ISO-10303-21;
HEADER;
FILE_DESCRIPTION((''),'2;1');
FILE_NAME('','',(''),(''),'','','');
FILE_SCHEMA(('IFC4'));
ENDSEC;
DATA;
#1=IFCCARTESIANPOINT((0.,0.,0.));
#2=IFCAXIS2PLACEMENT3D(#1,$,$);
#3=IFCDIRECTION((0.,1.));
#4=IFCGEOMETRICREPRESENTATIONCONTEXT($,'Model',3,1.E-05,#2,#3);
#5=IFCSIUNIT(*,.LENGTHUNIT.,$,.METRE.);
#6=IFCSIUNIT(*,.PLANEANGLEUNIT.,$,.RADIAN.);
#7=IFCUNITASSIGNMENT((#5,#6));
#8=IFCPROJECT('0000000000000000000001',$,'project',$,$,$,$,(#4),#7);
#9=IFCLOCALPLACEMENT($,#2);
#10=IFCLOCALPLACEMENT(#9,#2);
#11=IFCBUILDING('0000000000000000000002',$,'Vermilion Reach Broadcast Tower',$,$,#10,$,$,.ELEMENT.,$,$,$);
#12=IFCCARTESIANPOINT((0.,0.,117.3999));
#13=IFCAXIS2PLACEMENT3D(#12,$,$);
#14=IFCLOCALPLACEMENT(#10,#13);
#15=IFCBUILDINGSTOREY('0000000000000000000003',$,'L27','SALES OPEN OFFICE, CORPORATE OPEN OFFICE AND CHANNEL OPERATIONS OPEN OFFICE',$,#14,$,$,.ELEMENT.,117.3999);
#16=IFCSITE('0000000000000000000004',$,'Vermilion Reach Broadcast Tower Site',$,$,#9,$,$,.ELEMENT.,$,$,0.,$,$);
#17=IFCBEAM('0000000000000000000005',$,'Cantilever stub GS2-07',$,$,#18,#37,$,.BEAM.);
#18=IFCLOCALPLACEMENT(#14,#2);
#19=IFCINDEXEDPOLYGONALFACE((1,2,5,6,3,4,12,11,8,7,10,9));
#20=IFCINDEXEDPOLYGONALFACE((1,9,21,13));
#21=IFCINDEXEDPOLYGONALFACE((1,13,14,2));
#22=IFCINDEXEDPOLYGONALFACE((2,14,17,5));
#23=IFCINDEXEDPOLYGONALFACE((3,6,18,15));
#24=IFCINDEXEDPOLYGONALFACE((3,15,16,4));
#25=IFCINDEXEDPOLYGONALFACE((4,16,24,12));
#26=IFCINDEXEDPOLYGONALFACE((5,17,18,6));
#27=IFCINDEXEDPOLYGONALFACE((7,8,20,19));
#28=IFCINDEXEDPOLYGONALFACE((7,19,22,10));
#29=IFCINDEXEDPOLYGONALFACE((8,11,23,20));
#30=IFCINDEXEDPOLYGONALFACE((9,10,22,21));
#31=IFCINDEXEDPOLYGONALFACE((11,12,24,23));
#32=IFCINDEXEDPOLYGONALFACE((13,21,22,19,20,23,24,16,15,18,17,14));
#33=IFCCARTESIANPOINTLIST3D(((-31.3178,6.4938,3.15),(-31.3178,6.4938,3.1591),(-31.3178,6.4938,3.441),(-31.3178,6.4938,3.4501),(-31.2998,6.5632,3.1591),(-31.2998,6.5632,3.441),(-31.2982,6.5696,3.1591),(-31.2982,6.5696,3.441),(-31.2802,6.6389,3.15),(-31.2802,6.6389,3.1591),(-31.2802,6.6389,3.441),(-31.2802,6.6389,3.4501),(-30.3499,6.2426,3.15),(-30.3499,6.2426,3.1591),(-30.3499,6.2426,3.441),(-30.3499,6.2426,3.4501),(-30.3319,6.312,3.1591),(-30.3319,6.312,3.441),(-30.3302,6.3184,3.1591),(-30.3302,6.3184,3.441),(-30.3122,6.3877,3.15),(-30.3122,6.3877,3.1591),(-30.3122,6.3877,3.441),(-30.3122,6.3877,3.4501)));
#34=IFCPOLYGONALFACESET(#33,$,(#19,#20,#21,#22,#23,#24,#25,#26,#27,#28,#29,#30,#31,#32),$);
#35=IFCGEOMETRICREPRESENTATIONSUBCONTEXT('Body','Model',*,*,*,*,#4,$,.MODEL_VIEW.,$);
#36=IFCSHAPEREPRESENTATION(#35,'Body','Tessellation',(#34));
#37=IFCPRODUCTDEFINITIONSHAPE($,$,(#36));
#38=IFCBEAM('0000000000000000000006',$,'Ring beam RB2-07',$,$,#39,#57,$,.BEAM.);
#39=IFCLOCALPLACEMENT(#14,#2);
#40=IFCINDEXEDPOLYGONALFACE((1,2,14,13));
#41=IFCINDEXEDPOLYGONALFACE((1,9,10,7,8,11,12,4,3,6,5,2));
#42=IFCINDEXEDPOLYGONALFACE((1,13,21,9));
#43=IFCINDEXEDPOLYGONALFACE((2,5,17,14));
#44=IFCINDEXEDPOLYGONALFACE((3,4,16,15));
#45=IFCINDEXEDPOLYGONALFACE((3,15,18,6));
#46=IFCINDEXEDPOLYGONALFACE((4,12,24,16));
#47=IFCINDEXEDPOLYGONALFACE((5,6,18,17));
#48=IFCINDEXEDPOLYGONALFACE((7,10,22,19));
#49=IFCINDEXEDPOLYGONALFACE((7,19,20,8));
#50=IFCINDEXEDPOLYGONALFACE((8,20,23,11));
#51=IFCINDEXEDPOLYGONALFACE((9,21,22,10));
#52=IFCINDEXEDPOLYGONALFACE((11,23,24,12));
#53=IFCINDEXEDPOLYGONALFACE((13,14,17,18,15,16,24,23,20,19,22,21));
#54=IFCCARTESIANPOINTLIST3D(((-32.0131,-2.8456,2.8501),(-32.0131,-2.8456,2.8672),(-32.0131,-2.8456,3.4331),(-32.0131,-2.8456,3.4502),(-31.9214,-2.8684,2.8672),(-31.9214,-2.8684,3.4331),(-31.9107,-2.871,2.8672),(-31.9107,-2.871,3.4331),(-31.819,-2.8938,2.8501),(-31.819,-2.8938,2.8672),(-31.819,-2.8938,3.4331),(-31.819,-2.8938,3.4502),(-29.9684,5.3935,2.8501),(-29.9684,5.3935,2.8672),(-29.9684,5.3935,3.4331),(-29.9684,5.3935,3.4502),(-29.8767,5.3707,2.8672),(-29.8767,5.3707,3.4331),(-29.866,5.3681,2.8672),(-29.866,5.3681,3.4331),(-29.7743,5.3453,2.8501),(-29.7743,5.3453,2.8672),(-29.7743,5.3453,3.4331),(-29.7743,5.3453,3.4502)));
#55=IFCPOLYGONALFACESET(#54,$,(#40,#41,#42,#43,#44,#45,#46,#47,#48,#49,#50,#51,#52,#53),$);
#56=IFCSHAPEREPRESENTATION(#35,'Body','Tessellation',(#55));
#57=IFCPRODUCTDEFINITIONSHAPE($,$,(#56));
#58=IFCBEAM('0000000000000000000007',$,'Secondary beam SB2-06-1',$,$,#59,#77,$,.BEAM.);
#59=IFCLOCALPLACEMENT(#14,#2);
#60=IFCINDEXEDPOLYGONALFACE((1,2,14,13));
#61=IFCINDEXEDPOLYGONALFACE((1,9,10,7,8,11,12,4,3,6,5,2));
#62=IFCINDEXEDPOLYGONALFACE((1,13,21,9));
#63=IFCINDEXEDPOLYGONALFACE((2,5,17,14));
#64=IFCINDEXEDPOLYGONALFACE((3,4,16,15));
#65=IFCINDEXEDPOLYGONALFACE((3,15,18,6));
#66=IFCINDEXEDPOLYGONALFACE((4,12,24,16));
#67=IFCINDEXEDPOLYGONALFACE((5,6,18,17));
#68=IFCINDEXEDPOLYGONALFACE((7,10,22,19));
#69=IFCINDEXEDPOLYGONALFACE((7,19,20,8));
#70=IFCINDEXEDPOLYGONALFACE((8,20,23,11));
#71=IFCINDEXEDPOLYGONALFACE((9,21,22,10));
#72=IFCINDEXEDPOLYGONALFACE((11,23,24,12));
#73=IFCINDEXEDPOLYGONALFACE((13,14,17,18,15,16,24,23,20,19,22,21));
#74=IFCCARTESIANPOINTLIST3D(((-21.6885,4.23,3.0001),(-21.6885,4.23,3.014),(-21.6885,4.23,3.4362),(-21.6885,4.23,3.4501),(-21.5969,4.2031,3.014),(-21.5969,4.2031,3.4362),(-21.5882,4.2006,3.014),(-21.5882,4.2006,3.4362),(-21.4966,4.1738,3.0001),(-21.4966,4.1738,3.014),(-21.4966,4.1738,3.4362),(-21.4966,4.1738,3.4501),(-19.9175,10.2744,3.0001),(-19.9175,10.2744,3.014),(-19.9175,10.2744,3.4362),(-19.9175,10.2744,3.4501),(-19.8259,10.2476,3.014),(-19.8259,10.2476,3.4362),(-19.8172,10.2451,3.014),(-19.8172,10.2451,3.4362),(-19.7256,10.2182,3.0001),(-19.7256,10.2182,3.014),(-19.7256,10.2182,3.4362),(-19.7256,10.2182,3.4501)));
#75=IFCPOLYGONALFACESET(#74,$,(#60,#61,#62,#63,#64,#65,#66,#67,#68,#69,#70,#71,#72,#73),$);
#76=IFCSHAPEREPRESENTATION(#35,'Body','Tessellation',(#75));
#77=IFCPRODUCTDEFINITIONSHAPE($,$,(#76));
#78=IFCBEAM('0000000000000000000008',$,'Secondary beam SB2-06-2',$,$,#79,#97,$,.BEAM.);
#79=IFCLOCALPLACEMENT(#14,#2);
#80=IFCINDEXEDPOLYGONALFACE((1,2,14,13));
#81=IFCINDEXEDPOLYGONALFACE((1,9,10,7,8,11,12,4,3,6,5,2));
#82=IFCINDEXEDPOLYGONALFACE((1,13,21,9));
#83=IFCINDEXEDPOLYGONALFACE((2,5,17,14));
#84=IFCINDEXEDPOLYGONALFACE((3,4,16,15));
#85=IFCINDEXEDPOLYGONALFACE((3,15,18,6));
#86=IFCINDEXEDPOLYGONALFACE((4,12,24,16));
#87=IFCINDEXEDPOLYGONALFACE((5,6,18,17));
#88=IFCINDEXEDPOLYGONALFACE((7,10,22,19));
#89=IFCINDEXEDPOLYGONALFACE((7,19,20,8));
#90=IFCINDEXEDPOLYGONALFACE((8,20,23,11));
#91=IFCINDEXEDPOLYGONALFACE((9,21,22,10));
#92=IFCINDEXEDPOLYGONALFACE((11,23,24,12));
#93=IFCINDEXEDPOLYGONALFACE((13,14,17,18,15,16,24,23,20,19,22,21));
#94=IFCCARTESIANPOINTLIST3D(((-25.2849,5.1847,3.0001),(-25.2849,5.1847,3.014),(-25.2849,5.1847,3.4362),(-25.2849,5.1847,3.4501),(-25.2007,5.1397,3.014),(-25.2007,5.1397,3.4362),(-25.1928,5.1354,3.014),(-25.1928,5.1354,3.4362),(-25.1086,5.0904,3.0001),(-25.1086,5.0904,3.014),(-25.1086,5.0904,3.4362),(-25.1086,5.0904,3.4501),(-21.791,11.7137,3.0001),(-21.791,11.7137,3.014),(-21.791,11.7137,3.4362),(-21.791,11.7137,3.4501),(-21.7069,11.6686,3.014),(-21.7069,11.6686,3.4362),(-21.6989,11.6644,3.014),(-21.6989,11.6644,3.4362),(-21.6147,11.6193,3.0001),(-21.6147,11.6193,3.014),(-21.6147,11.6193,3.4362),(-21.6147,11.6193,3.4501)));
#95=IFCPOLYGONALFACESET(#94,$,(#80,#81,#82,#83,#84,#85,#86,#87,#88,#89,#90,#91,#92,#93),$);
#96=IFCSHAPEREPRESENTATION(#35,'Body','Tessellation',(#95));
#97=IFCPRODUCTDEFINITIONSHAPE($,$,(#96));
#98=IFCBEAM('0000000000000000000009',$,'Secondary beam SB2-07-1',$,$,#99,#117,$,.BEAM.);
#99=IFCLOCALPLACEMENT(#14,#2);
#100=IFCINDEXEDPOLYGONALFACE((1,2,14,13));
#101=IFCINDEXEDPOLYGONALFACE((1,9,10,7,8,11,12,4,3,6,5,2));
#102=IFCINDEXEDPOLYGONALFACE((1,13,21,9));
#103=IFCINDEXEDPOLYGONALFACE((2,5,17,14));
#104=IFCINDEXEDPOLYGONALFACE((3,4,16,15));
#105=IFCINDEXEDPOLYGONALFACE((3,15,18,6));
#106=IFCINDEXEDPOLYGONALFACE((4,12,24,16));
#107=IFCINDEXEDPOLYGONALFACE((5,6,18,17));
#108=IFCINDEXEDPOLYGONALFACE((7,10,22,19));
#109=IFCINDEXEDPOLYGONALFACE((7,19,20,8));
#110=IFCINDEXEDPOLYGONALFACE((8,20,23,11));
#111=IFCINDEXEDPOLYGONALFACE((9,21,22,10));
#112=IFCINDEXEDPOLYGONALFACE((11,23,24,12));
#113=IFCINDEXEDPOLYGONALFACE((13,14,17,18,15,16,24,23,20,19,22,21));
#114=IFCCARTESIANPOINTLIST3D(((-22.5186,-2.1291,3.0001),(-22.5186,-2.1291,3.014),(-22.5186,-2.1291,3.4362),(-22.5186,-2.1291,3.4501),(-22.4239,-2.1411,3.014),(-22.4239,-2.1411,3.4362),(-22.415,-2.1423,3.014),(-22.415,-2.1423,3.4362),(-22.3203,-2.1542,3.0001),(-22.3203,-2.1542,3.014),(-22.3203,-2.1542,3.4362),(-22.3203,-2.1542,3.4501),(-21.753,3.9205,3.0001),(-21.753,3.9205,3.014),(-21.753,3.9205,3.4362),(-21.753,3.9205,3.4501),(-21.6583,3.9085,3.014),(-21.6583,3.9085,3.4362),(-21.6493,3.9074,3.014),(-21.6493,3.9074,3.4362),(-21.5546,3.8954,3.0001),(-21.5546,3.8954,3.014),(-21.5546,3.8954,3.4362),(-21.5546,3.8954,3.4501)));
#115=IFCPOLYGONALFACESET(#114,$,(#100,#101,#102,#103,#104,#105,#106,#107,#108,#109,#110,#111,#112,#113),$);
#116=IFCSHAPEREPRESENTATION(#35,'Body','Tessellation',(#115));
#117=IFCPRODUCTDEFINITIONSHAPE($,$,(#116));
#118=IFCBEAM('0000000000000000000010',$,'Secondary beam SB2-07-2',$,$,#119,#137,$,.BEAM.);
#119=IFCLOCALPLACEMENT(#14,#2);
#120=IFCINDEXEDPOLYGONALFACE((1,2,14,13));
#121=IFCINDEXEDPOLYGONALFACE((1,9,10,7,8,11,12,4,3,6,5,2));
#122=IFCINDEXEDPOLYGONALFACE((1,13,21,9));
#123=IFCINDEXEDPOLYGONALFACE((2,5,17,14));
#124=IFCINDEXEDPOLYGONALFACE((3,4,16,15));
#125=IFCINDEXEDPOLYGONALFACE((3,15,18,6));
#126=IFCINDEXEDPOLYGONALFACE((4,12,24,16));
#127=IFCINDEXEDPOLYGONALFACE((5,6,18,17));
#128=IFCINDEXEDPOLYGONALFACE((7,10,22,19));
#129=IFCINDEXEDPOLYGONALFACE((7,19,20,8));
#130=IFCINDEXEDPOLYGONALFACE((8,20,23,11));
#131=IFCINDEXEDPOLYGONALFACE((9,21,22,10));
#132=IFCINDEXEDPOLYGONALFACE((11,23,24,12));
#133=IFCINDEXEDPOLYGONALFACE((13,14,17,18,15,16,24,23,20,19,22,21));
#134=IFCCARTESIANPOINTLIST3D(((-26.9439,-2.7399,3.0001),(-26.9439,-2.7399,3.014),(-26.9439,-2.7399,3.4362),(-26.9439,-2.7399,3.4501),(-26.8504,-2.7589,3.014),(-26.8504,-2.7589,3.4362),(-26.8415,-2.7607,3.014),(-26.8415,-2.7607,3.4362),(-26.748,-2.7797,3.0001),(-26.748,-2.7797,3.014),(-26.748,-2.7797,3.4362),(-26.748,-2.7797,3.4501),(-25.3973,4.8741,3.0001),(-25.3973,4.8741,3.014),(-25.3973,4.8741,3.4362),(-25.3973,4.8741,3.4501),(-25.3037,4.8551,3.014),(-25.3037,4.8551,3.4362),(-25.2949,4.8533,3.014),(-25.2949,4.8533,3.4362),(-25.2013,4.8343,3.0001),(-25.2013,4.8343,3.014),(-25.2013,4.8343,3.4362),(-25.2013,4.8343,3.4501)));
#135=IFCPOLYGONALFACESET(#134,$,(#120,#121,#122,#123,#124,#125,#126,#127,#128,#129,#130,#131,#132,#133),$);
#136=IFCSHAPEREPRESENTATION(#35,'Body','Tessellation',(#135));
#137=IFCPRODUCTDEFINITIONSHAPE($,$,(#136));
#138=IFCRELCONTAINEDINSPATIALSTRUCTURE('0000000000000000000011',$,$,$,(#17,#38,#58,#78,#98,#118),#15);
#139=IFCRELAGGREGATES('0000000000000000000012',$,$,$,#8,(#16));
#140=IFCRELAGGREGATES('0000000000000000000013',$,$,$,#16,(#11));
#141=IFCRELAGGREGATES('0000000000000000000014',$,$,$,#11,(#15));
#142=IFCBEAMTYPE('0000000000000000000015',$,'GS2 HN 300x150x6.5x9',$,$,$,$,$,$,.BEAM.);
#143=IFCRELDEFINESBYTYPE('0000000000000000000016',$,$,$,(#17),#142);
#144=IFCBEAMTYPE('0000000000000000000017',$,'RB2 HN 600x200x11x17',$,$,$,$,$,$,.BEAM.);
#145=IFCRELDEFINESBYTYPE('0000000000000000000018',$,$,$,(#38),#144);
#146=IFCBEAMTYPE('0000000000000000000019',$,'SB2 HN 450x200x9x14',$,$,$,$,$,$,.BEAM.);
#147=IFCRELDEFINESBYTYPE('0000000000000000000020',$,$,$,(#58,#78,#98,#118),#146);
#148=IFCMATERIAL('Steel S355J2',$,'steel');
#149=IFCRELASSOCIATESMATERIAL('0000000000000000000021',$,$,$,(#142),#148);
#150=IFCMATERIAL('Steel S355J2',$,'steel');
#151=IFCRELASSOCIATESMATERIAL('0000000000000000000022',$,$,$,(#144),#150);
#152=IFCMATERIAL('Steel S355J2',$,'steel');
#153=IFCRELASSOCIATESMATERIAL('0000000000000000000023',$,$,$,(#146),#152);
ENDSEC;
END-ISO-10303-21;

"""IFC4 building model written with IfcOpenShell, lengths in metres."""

from ifc_helpers import new_model, si_unit, direction, frame, origin, origin_2d, place, context, subcontext, project, spatial, i_section, extrude, material, material_profile, profile_set, type_object, element, save


model = new_model("IFC4")

# Units and contexts
model_context = context("Model", 3, precision=1e-05, world=origin(), true_north=direction((0.0, 1.0)))
body_context = subcontext(model_context, "Body", "Model", "MODEL_VIEW")
ifc_project = project(units=[si_unit("LENGTHUNIT", "METRE"), si_unit("PLANEANGLEUNIT", "RADIAN")], contexts=[model_context])

# Site, building, storey
site_placement = place(None, origin())
site = spatial("IfcSite", under=ifc_project, at=site_placement, Name="Vermilion Reach Broadcast Tower Site", CompositionType="ELEMENT", RefElevation=0.0)
building_placement = place(site_placement, origin())
building = spatial("IfcBuilding", under=site, at=building_placement, Name="Vermilion Reach Broadcast Tower", CompositionType="ELEMENT")
storey_placement = place(building_placement, frame((0.0, 0.0, 117.3999)))
storey = spatial("IfcBuildingStorey", under=building, at=storey_placement, Name="L27", Description="SALES OPEN OFFICE, CORPORATE OPEN OFFICE AND CHANNEL OPERATIONS OPEN OFFICE", CompositionType="ELEMENT", Elevation=117.3999)

# Beams
ifc_material_1 = material(Name="Steel S355J2", Category="steel")
ifc_material_profile_1 = material_profile(ifc_material_1, i_section(OverallWidth=0.1499, OverallDepth=0.3, WebThickness=0.0066, FlangeThickness=0.009, at=origin_2d()), Name="S355J2 HN 300x150x6.5x9")
ifc_profile_set_1 = profile_set([ifc_material_profile_1], Name="Steel S355J2")
beam_type_1 = type_object("IfcBeamType", Name="GS2 HN 300x150x6.5x9", PredefinedType="BEAM", material=ifc_profile_set_1)
beam_1_placement = place(storey_placement, frame((-30.3311, 6.3152, 3.3), z_axis=(-0.967935, 0.251199, 0.0), x_axis=(-0.251199, -0.967935, 0.0)))
element("IfcBeam", 1, at=beam_1_placement, inside=storey, type_object=beam_type_1, Name="Cantilever stub GS2-07", PredefinedType="BEAM", context=body_context, shape_type="SweptSolid", body=[
    extrude(i_section(OverallWidth=0.1499, OverallDepth=0.3, WebThickness=0.0066, FlangeThickness=0.009, at=origin_2d()), origin(), (0.0, 0.0, 1.0), 1.0),
])
ifc_material_2 = material(Name="Steel S355J2", Category="steel")
ifc_material_profile_2 = material_profile(ifc_material_2, i_section(OverallWidth=0.2, OverallDepth=0.6001, WebThickness=0.011, FlangeThickness=0.0171, at=origin_2d()), Name="S355J2 HN 600x200x11x17")
ifc_profile_set_2 = profile_set([ifc_material_profile_2], Name="Steel S355J2")
beam_type_2 = type_object("IfcBeamType", Name="RB2 HN 600x200x11x17", PredefinedType="BEAM", material=ifc_profile_set_2)
beam_2_placement = place(storey_placement, frame((-29.8713, 5.3694, 3.1501), z_axis=(-0.240864, -0.970559, 0.0), x_axis=(0.970559, -0.240864, 0.0)))
element("IfcBeam", 2, at=beam_2_placement, inside=storey, type_object=beam_type_2, Name="Ring beam RB2-07", PredefinedType="BEAM", context=body_context, shape_type="SweptSolid", body=[
    extrude(i_section(OverallWidth=0.2, OverallDepth=0.6001, WebThickness=0.011, FlangeThickness=0.0171, at=origin_2d()), origin(), (0.0, 0.0, 1.0), 8.489),
])
ifc_material_3 = material(Name="Steel S355J2", Category="steel")
ifc_material_profile_3 = material_profile(ifc_material_3, i_section(OverallWidth=0.2, OverallDepth=0.45, WebThickness=0.009, FlangeThickness=0.0139, at=origin_2d()), Name="S355J2 HN 450x200x9x14")
ifc_profile_set_3 = profile_set([ifc_material_profile_3], Name="Steel S355J2")
beam_type_3 = type_object("IfcBeamType", Name="SB2 HN 450x200x9x14", PredefinedType="BEAM", material=ifc_profile_set_3)
beam_3_placement = place(storey_placement, frame((-19.8215, 10.2463, 3.2251), z_axis=(-0.281176, -0.959656, 0.0), x_axis=(0.959656, -0.281176, 0.0)))
element("IfcBeam", 3, at=beam_3_placement, inside=storey, type_object=beam_type_3, Name="Secondary beam SB2-06-1", PredefinedType="BEAM", context=body_context, shape_type="SweptSolid", body=[
    extrude(i_section(OverallWidth=0.2, OverallDepth=0.45, WebThickness=0.009, FlangeThickness=0.0139, at=origin_2d()), origin(), (0.0, 0.0, 1.0), 6.2986),
])
beam_4_placement = place(storey_placement, frame((-21.7029, 11.6665, 3.2251), z_axis=(-0.471822, -0.881694, 0.0), x_axis=(0.881694, -0.471822, 0.0)))
element("IfcBeam", 4, at=beam_4_placement, inside=storey, type_object=beam_type_3, Name="Secondary beam SB2-06-2", PredefinedType="BEAM", context=body_context, shape_type="SweptSolid", body=[
    extrude(i_section(OverallWidth=0.2, OverallDepth=0.45, WebThickness=0.009, FlangeThickness=0.0139, at=origin_2d()), origin(), (0.0, 0.0, 1.0), 7.405),
])
beam_5_placement = place(storey_placement, frame((-21.6538, 3.908, 3.2251), z_axis=(-0.125557, -0.992086, 0.0), x_axis=(0.992086, -0.125557, 0.0)))
element("IfcBeam", 5, at=beam_5_placement, inside=storey, type_object=beam_type_3, Name="Secondary beam SB2-07-1", PredefinedType="BEAM", context=body_context, shape_type="SweptSolid", body=[
    extrude(i_section(OverallWidth=0.2, OverallDepth=0.45, WebThickness=0.009, FlangeThickness=0.0139, at=origin_2d()), origin(), (0.0, 0.0, 1.0), 6.0979),
])
beam_6_placement = place(storey_placement, frame((-25.2993, 4.8542, 3.2251), z_axis=(-0.199064, -0.979986, 0.0), x_axis=(0.979986, -0.199064, 0.0)))
element("IfcBeam", 6, at=beam_6_placement, inside=storey, type_object=beam_type_3, Name="Secondary beam SB2-07-2", PredefinedType="BEAM", context=body_context, shape_type="SweptSolid", body=[
    extrude(i_section(OverallWidth=0.2, OverallDepth=0.45, WebThickness=0.009, FlangeThickness=0.0139, at=origin_2d()), origin(), (0.0, 0.0, 1.0), 7.7695),
])

save(model, "model.ifc")
